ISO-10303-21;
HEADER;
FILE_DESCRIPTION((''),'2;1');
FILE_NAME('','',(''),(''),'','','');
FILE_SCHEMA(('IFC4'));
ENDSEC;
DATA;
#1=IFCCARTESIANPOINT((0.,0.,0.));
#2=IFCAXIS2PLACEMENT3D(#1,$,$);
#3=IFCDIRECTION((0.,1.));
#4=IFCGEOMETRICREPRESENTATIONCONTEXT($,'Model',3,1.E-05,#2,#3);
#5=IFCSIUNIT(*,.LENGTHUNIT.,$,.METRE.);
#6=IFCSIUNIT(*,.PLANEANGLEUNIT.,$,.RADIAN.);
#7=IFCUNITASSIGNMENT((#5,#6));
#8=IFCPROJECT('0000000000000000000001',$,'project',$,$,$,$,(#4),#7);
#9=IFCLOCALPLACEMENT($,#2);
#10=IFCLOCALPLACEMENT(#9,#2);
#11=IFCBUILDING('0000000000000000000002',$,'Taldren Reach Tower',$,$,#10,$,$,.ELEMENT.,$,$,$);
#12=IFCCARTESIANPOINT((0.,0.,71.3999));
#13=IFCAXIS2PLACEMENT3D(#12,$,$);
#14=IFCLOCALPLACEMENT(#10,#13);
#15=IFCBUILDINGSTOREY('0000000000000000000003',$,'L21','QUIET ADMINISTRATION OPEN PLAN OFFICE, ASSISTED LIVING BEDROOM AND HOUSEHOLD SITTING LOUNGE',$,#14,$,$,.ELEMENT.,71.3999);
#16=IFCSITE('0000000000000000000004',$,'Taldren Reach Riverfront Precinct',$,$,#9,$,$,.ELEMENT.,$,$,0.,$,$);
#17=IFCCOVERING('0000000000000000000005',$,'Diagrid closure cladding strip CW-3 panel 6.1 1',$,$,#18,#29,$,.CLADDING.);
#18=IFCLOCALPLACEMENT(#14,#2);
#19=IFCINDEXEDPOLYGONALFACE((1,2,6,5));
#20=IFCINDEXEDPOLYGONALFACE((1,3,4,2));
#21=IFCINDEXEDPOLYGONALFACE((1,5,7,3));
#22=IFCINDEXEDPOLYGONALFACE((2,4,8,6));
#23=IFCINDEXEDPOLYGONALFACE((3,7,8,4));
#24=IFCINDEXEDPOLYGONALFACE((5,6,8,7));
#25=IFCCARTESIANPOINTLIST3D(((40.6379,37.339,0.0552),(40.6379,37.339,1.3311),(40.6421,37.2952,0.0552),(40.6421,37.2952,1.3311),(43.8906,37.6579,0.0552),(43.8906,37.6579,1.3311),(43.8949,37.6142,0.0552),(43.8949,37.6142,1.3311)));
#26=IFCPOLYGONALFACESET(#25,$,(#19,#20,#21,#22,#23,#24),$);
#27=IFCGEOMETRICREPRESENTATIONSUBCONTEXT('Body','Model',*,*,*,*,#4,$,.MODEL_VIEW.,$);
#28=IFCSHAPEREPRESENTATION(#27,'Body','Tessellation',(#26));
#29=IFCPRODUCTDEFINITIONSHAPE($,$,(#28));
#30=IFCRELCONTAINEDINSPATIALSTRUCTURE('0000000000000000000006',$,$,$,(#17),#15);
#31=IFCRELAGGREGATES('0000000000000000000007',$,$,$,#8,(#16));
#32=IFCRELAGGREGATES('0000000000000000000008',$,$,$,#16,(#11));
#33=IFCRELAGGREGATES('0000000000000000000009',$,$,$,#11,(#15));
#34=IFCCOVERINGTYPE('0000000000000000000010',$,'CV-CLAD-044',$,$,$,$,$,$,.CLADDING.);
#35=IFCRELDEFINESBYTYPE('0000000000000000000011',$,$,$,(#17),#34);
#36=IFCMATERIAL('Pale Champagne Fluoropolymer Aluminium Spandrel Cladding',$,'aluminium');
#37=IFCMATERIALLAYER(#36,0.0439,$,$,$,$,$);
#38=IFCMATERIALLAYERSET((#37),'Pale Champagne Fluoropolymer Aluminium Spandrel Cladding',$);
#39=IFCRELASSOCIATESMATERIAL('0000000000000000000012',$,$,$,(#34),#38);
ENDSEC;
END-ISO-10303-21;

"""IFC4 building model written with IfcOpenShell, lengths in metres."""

from ifc_helpers import new_model, si_unit, direction, frame, origin, origin_2d, place, context, subcontext, project, spatial, rectangle, extrude, source, transform, mapped, material, layer, layer_set, type_object, element, save


model = new_model("IFC4")

# Units and contexts
model_context = context("Model", 3, precision=1e-05, world=origin(), true_north=direction((0.0, 1.0)))
body_context = subcontext(model_context, "Body", "Model", "MODEL_VIEW")
ifc_project = project(units=[si_unit("LENGTHUNIT", "METRE"), si_unit("PLANEANGLEUNIT", "RADIAN")], contexts=[model_context])

# Site, building, storey
site_placement = place(None, origin())
site = spatial("IfcSite", under=ifc_project, at=site_placement, Name="Taldren Reach Riverfront Precinct", CompositionType="ELEMENT", RefElevation=0.0)
building_placement = place(site_placement, origin())
building = spatial("IfcBuilding", under=site, at=building_placement, Name="Taldren Reach Tower", CompositionType="ELEMENT")
storey_placement = place(building_placement, frame((0.0, 0.0, 71.3999)))
storey = spatial("IfcBuildingStorey", under=building, at=storey_placement, Name="L21", Description="QUIET ADMINISTRATION OPEN PLAN OFFICE, ASSISTED LIVING BEDROOM AND HOUSEHOLD SITTING LOUNGE", CompositionType="ELEMENT", Elevation=71.3999)

# Covering
ifc_material_1 = material(Name="Pale Champagne Fluoropolymer Aluminium Spandrel Cladding", Category="aluminium")
ifc_layer_1 = layer(ifc_material_1, 0.0439)
ifc_layer_set_1 = layer_set([ifc_layer_1], Name="Pale Champagne Fluoropolymer Aluminium Spandrel Cladding")
covering_type = type_object("IfcCoveringType", Name="CV-CLAD-044", PredefinedType="CLADDING", material=ifc_layer_set_1)
shared_shape_1 = source(origin(), body_context, "Body", "SweptSolid", [
    extrude(rectangle(XDim=3.2683, YDim=0.0439, at=origin_2d()), origin(), (0.0, 0.0, 1.0), 1.2759),
])
covering_1_placement = place(storey_placement, frame((42.2664, 37.4766, 0.0552), z_axis=(0.0, 0.0, 1.0), x_axis=(-0.995227, -0.097583, 0.0)))
element("IfcCovering", 1, at=covering_1_placement, inside=storey, type_object=covering_type, Name="Diagrid closure cladding strip CW-3 panel 6.1 1", PredefinedType="CLADDING", context=body_context, shape_type="MappedRepresentation", body=[
    mapped(shared_shape_1, transform((0.0, 0.0, 0.0), scale=1.0)),
])

save(model, "model.ifc")
